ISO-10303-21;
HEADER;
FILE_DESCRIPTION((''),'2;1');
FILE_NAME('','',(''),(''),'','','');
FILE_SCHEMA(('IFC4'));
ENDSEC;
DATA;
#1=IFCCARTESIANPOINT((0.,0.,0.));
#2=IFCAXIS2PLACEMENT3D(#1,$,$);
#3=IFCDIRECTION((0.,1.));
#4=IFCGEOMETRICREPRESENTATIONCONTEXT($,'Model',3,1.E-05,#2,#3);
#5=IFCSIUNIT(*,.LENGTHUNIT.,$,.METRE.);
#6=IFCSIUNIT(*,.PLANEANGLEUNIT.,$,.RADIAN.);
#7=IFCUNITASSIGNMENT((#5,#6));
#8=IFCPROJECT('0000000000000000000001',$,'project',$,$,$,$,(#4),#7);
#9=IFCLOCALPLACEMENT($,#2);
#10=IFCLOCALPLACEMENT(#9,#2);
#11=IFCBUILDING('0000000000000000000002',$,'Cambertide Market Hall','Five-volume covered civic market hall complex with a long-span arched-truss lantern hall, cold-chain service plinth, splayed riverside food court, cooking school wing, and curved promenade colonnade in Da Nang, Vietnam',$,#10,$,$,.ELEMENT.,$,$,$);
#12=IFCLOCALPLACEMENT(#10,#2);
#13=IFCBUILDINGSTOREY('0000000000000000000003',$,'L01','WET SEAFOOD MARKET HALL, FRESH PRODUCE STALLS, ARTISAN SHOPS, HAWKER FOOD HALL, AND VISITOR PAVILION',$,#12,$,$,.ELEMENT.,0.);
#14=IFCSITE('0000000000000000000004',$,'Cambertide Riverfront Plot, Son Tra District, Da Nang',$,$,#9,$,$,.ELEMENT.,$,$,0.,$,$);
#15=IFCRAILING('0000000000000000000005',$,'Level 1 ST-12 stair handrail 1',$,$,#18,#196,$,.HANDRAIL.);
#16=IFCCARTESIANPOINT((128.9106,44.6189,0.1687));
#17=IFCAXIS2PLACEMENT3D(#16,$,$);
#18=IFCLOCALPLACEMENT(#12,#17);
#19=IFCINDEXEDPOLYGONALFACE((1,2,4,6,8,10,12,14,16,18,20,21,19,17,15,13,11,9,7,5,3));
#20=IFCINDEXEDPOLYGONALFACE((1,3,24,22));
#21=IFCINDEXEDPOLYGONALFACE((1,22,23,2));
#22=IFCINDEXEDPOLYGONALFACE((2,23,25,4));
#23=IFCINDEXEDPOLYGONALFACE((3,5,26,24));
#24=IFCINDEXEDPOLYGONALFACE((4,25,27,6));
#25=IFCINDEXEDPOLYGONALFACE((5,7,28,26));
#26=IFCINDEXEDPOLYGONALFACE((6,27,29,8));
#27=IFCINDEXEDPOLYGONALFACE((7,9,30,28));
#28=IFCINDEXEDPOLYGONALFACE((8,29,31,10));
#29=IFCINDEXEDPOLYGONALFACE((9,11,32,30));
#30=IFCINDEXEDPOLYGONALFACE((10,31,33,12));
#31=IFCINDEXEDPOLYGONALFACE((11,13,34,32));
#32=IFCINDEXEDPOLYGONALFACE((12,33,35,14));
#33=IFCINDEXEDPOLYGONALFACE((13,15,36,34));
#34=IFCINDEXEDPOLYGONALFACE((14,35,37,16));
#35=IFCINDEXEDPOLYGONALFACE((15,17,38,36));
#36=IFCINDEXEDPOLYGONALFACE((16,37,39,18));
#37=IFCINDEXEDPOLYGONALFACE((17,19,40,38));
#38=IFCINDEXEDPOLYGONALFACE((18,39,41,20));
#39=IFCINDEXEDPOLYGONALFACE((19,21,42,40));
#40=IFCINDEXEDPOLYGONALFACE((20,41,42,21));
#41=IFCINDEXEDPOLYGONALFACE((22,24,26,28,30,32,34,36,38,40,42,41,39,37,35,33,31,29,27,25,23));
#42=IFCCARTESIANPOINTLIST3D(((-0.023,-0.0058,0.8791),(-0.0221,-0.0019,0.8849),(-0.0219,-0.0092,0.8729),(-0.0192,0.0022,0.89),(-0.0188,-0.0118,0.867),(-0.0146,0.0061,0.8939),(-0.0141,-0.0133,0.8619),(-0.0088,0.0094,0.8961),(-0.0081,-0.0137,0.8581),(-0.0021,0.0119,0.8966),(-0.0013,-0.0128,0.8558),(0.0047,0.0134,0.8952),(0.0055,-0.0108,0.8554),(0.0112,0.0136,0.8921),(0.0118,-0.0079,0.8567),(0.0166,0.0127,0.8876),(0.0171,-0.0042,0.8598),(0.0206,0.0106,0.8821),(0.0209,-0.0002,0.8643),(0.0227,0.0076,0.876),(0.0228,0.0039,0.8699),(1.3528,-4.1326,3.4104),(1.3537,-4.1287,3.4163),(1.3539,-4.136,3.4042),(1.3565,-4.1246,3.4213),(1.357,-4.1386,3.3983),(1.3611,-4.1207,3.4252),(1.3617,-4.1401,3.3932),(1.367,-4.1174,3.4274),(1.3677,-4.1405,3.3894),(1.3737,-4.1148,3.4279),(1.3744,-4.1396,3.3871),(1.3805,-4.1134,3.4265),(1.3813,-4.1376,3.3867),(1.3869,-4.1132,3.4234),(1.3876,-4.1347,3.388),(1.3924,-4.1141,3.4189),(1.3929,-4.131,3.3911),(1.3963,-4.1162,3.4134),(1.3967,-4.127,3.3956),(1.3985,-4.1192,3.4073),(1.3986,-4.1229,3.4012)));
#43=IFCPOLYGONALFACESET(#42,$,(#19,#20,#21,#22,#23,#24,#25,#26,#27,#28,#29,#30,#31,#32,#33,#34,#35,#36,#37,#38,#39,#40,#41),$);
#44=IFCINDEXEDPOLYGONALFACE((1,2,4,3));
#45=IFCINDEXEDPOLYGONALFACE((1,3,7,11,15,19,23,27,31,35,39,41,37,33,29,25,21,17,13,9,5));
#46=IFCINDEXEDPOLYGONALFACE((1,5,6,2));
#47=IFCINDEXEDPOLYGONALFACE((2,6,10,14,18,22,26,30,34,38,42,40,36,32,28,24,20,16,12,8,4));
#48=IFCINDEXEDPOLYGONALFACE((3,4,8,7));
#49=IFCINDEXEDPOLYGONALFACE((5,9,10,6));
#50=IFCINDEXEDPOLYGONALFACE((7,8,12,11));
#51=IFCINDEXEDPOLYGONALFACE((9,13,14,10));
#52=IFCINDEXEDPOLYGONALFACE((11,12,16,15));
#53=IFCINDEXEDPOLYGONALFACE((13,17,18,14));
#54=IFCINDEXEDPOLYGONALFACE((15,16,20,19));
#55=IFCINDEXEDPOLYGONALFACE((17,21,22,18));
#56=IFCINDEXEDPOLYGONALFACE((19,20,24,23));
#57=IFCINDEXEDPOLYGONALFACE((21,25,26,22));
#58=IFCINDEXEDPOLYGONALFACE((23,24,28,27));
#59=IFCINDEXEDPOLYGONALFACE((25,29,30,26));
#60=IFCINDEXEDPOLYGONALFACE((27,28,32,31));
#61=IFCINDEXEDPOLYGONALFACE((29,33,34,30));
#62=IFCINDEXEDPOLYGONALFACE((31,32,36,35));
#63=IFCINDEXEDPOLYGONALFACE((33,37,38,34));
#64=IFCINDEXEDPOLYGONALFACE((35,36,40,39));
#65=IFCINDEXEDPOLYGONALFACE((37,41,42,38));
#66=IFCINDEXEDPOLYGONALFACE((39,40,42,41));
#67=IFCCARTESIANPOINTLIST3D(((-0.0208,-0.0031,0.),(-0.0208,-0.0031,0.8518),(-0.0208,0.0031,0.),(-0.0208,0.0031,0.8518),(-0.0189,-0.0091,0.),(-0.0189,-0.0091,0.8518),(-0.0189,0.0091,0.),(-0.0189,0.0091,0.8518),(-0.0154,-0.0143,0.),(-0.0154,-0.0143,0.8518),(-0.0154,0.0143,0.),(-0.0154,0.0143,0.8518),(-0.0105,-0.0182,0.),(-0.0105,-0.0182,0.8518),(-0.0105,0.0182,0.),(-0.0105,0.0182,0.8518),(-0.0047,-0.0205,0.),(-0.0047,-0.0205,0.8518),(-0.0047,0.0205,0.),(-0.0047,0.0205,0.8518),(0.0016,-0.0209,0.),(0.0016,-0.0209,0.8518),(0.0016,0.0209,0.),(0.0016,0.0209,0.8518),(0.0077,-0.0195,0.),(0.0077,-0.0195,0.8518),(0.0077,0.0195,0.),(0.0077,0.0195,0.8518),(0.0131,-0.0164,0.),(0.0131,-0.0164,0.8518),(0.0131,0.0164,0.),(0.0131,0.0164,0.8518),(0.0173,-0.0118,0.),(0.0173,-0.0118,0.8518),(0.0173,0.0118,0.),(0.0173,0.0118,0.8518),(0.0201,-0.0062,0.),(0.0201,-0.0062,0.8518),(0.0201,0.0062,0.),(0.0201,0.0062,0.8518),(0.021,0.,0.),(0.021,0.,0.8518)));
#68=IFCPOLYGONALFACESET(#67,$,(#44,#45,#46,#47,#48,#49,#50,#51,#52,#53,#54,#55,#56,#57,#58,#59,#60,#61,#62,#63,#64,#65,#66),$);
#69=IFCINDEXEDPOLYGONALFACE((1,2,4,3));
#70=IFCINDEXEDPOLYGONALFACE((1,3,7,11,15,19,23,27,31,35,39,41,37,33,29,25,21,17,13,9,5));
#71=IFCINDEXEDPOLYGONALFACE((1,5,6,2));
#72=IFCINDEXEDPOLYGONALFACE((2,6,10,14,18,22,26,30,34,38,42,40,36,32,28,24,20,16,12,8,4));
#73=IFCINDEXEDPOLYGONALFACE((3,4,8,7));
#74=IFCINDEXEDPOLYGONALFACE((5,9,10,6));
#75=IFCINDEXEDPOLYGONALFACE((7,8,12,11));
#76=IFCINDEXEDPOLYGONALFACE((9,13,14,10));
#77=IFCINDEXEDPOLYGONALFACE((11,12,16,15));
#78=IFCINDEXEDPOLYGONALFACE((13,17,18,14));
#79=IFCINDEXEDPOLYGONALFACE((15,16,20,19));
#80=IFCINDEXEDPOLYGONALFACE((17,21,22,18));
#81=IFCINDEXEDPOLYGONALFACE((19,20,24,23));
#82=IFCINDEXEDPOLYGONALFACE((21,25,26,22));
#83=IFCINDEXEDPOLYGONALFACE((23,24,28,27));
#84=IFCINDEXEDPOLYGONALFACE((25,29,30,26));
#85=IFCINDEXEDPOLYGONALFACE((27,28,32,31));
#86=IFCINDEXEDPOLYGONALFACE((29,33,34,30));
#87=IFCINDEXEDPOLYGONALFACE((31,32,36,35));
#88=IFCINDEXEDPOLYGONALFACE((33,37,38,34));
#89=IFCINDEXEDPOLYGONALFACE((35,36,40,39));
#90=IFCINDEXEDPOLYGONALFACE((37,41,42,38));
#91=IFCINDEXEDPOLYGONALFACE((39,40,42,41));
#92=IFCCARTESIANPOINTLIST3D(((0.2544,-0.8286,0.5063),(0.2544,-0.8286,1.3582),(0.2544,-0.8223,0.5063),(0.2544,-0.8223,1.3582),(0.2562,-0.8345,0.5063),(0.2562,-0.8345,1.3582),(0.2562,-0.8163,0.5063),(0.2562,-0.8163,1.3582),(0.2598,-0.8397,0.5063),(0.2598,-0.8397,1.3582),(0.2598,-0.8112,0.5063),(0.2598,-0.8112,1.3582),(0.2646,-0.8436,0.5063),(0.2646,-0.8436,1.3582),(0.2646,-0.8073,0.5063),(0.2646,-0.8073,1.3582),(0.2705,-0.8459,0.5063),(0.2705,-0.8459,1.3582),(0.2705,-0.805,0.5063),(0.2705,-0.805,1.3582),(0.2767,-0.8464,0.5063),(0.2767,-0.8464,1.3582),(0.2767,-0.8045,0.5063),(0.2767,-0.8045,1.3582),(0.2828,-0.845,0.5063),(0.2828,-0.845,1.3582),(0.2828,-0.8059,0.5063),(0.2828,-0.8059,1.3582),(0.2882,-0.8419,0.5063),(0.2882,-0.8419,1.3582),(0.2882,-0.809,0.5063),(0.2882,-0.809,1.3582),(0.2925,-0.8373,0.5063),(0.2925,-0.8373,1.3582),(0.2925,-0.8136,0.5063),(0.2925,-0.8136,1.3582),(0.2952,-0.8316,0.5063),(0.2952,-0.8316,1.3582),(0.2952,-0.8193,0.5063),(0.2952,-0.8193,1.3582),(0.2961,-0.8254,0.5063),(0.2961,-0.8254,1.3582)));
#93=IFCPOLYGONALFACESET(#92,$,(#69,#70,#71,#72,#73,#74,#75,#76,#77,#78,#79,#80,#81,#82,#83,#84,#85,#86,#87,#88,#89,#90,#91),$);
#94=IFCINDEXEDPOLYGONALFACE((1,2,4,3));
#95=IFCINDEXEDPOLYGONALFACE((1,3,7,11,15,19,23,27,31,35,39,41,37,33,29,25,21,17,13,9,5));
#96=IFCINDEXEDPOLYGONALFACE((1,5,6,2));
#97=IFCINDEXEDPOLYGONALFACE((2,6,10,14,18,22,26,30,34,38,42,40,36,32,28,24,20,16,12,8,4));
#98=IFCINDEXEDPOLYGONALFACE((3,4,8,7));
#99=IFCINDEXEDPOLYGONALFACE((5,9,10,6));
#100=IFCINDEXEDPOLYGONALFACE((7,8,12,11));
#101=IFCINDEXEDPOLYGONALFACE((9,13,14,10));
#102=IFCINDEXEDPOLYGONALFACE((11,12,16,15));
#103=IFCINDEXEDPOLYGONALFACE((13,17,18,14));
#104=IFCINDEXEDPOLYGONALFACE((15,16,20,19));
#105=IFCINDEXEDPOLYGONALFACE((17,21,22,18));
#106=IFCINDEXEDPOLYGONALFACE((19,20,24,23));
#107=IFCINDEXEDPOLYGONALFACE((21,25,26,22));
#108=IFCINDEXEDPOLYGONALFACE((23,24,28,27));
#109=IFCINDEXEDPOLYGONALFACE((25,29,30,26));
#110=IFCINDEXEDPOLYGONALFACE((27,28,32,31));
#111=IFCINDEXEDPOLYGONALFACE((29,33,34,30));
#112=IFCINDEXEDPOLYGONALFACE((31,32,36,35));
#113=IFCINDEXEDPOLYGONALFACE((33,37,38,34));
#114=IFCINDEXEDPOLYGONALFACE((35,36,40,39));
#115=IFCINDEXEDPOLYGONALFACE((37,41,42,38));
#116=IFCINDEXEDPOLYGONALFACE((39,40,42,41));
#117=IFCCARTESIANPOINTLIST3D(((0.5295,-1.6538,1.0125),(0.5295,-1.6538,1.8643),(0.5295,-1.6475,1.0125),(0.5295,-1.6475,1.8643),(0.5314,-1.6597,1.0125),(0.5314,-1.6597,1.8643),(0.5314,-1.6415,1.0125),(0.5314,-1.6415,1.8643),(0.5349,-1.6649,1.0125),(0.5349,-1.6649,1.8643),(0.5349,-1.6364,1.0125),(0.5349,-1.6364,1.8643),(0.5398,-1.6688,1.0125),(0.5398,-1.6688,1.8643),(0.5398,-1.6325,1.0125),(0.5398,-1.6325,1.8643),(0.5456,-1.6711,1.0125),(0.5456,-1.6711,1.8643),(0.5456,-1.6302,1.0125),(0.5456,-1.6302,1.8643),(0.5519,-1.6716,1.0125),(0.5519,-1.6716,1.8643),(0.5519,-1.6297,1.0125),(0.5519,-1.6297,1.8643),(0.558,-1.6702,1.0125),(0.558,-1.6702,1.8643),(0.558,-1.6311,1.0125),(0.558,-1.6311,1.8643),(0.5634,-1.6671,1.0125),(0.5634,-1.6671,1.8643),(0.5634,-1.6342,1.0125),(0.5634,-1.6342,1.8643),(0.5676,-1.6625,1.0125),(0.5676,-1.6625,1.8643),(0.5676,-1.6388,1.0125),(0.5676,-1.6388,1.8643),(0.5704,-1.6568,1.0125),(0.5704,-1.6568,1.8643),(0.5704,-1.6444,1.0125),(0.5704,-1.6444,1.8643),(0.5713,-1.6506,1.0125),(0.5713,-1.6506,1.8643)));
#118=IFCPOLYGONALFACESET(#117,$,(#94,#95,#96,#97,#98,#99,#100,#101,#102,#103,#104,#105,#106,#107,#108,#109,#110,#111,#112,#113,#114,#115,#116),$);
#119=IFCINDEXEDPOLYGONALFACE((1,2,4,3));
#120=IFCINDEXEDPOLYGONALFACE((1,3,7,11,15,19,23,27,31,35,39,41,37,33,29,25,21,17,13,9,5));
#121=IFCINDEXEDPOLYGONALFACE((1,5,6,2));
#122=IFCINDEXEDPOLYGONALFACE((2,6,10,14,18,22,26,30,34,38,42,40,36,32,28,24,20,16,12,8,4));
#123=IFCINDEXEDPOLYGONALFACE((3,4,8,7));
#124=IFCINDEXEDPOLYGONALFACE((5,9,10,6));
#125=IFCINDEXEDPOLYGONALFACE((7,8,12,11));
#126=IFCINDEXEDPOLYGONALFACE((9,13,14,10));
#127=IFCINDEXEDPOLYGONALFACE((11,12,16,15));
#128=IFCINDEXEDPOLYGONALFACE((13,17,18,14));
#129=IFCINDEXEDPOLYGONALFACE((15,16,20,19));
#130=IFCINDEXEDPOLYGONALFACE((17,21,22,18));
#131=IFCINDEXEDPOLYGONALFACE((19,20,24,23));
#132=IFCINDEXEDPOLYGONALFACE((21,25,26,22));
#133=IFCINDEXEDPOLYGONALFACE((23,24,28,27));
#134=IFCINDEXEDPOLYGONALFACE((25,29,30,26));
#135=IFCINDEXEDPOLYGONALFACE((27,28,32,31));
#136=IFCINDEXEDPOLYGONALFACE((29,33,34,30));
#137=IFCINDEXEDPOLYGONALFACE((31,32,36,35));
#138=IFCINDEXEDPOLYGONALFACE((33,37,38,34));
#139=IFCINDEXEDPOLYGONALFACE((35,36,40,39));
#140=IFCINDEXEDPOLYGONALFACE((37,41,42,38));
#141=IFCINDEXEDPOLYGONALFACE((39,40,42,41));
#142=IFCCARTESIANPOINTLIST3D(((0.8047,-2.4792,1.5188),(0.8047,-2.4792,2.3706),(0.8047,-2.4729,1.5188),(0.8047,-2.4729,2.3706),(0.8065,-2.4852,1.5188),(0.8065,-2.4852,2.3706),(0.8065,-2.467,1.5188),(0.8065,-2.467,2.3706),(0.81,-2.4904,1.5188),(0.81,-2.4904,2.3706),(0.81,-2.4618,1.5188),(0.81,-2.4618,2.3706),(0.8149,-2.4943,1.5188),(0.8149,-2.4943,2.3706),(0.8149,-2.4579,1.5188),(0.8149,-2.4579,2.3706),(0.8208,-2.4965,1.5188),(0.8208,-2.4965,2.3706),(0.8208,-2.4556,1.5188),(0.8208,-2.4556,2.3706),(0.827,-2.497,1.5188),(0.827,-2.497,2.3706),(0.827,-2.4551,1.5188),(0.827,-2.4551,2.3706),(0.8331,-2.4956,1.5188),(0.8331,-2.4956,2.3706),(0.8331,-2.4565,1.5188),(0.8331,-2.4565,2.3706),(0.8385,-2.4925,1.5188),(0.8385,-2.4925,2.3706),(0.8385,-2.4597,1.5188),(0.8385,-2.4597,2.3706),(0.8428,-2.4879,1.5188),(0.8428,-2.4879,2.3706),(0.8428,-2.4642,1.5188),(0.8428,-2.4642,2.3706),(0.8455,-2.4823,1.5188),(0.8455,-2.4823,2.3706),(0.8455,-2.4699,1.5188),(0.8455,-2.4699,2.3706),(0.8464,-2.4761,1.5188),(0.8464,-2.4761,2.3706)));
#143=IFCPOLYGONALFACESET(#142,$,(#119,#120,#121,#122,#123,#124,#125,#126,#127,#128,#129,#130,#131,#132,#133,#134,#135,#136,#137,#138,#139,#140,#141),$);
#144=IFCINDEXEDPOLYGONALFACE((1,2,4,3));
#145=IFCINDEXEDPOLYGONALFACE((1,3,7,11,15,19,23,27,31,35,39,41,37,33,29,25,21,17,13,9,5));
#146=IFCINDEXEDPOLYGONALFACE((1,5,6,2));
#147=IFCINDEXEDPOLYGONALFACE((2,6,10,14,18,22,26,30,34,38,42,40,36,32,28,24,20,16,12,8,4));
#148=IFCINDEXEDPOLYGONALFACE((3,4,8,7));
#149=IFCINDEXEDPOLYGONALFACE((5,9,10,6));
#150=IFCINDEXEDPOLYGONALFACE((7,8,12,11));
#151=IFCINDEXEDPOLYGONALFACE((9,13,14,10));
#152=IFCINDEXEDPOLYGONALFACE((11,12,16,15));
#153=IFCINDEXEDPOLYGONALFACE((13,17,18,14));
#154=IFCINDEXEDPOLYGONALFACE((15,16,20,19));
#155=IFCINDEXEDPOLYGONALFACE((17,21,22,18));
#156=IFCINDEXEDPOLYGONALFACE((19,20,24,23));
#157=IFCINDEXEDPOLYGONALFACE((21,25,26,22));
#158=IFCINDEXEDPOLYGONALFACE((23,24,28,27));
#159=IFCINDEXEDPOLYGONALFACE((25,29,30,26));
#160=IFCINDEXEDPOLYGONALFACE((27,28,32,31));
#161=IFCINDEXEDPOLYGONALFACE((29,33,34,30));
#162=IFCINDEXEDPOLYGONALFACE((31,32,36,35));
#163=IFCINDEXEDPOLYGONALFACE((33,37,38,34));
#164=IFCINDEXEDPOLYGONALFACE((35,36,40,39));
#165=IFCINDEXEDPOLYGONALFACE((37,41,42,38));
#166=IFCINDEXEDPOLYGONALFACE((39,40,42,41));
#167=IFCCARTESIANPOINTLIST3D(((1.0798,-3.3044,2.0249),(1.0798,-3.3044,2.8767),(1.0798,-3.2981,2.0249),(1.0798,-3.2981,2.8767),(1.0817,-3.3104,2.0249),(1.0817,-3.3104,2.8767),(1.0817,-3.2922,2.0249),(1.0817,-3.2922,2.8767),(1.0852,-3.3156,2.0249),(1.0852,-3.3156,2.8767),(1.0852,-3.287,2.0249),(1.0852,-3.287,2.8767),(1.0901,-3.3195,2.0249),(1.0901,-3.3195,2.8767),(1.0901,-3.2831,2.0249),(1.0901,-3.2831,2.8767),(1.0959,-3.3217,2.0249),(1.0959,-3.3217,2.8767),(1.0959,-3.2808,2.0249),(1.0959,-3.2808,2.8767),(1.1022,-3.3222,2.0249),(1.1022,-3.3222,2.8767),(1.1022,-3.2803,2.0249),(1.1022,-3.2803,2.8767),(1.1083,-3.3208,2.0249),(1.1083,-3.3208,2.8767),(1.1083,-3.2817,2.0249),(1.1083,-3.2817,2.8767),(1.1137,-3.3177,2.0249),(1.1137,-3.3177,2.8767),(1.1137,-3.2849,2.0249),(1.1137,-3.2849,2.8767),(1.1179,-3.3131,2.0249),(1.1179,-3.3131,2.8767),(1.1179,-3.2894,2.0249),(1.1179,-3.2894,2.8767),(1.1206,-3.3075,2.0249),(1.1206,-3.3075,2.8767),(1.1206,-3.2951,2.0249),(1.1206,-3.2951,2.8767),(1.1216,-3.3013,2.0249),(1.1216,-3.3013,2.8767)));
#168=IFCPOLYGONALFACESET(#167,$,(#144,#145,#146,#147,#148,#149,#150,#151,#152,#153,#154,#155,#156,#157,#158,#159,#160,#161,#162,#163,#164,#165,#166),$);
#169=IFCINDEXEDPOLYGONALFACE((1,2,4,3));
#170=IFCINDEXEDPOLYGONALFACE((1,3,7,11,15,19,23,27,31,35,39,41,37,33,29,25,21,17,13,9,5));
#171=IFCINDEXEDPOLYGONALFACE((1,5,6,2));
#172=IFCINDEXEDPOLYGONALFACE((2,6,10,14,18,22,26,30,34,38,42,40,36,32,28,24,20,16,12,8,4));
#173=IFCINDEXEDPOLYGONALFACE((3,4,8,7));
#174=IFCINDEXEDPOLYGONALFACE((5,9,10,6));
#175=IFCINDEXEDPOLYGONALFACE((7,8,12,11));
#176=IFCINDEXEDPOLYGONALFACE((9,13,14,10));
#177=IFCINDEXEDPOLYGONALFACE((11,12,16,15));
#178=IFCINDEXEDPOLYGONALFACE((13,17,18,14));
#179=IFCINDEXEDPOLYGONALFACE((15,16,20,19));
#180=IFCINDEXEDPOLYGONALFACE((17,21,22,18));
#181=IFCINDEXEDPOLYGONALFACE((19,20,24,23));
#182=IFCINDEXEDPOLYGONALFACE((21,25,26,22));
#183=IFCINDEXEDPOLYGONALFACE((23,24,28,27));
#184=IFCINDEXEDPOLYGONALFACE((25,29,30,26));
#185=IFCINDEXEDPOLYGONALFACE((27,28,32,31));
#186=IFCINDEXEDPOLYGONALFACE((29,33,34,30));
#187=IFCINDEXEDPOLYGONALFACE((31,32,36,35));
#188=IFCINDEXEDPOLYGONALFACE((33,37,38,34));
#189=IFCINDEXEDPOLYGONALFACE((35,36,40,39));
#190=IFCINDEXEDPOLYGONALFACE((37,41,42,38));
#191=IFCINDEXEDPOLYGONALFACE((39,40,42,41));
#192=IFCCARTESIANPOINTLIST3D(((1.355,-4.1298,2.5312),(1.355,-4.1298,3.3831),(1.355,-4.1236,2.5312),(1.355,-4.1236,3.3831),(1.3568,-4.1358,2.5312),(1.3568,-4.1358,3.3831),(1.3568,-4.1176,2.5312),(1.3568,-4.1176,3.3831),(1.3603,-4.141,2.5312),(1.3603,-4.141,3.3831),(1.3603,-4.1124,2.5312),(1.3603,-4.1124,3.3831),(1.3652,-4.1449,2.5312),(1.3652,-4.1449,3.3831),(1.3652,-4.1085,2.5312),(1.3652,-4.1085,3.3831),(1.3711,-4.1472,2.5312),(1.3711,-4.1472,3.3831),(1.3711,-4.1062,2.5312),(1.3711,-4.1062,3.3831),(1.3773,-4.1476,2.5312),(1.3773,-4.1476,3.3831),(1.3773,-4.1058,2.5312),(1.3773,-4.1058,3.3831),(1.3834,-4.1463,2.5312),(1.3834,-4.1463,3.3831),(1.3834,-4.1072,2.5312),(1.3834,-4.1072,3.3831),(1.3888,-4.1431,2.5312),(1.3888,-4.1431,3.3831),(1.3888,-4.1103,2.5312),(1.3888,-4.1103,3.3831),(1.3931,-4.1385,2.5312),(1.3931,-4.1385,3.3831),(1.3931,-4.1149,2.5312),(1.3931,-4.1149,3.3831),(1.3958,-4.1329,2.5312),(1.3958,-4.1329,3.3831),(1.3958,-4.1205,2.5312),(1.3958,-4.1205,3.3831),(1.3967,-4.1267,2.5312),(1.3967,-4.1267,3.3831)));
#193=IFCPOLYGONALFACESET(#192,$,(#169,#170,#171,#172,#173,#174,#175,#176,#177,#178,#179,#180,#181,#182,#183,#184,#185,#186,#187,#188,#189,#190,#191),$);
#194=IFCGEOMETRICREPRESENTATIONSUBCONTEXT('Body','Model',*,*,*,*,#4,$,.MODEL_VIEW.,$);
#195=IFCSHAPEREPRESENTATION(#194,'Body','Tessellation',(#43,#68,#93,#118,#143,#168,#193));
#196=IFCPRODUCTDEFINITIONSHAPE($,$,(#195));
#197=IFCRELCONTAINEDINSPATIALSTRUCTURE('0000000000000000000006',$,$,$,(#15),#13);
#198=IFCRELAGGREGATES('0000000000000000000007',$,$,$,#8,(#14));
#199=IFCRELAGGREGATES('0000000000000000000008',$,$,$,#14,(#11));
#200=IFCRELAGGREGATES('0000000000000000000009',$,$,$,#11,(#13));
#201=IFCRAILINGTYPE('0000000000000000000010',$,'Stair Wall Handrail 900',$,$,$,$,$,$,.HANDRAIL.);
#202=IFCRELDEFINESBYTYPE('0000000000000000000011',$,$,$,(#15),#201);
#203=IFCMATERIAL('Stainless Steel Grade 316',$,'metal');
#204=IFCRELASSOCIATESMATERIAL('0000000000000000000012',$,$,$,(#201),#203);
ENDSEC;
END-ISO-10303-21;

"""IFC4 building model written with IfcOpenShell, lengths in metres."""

from ifc_helpers import new_model, si_unit, direction, frame, origin, origin_2d, place, context, subcontext, project, spatial, circle, extrude, material, type_object, element, save


model = new_model("IFC4")

# Units and contexts
model_context = context("Model", 3, precision=1e-05, world=origin(), true_north=direction((0.0, 1.0)))
body_context = subcontext(model_context, "Body", "Model", "MODEL_VIEW")
ifc_project = project(units=[si_unit("LENGTHUNIT", "METRE"), si_unit("PLANEANGLEUNIT", "RADIAN")], contexts=[model_context])

# Site, building, storey
site_placement = place(None, origin())
site = spatial("IfcSite", under=ifc_project, at=site_placement, Name="Cambertide Riverfront Plot, Son Tra District, Da Nang", CompositionType="ELEMENT", RefElevation=0.0)
building_placement = place(site_placement, origin())
building = spatial("IfcBuilding", under=site, at=building_placement, Name="Cambertide Market Hall", Description="Five-volume covered civic market hall complex with a long-span arched-truss lantern hall, cold-chain service plinth, splayed riverside food court, cooking school wing, and curved promenade colonnade in Da Nang, Vietnam", CompositionType="ELEMENT")
storey_placement = place(building_placement, origin())
storey = spatial("IfcBuildingStorey", under=building, at=storey_placement, Name="L01", Description="WET SEAFOOD MARKET HALL, FRESH PRODUCE STALLS, ARTISAN SHOPS, HAWKER FOOD HALL, AND VISITOR PAVILION", CompositionType="ELEMENT", Elevation=0.0)

# Railing
ifc_material_1 = material(Name="Stainless Steel Grade 316", Category="metal")
railing_type_1 = type_object("IfcRailingType", Name="Stair Wall Handrail 900", PredefinedType="HANDRAIL", material=ifc_material_1)
railing_1_placement = place(storey_placement, frame((128.9106, 44.6189, 0.1687)))
element("IfcRailing", 1, at=railing_1_placement, inside=storey, type_object=railing_type_1, Name="Level 1 ST-12 stair handrail 1", PredefinedType="HANDRAIL", context=body_context, shape_type="SweptSolid", body=[
    extrude(circle(Radius=0.0239, at=origin_2d()), frame((0.0, 0.0, 0.876), z_axis=(0.27335, -0.819954, 0.502946), x_axis=(0.948672, 0.316261, 0.0)), (0.0, 0.0, 1.0), 5.033),
    extrude(circle(Radius=0.021, at=origin_2d()), origin(), (0.0, 0.0, 1.0), 0.8518),
    extrude(circle(Radius=0.021, at=origin_2d()), frame((0.2751, -0.8254, 0.5063)), (0.0, 0.0, 1.0), 0.8518),
    extrude(circle(Radius=0.021, at=origin_2d()), frame((0.5503, -1.6506, 1.0125)), (0.0, 0.0, 1.0), 0.8518),
    extrude(circle(Radius=0.021, at=origin_2d()), frame((0.8254, -2.4761, 1.5188)), (0.0, 0.0, 1.0), 0.8518),
    extrude(circle(Radius=0.021, at=origin_2d()), frame((1.1006, -3.3013, 2.0249)), (0.0, 0.0, 1.0), 0.8518),
    extrude(circle(Radius=0.021, at=origin_2d()), frame((1.3757, -4.1267, 2.5312)), (0.0, 0.0, 1.0), 0.8518),
])

save(model, "model.ifc")
